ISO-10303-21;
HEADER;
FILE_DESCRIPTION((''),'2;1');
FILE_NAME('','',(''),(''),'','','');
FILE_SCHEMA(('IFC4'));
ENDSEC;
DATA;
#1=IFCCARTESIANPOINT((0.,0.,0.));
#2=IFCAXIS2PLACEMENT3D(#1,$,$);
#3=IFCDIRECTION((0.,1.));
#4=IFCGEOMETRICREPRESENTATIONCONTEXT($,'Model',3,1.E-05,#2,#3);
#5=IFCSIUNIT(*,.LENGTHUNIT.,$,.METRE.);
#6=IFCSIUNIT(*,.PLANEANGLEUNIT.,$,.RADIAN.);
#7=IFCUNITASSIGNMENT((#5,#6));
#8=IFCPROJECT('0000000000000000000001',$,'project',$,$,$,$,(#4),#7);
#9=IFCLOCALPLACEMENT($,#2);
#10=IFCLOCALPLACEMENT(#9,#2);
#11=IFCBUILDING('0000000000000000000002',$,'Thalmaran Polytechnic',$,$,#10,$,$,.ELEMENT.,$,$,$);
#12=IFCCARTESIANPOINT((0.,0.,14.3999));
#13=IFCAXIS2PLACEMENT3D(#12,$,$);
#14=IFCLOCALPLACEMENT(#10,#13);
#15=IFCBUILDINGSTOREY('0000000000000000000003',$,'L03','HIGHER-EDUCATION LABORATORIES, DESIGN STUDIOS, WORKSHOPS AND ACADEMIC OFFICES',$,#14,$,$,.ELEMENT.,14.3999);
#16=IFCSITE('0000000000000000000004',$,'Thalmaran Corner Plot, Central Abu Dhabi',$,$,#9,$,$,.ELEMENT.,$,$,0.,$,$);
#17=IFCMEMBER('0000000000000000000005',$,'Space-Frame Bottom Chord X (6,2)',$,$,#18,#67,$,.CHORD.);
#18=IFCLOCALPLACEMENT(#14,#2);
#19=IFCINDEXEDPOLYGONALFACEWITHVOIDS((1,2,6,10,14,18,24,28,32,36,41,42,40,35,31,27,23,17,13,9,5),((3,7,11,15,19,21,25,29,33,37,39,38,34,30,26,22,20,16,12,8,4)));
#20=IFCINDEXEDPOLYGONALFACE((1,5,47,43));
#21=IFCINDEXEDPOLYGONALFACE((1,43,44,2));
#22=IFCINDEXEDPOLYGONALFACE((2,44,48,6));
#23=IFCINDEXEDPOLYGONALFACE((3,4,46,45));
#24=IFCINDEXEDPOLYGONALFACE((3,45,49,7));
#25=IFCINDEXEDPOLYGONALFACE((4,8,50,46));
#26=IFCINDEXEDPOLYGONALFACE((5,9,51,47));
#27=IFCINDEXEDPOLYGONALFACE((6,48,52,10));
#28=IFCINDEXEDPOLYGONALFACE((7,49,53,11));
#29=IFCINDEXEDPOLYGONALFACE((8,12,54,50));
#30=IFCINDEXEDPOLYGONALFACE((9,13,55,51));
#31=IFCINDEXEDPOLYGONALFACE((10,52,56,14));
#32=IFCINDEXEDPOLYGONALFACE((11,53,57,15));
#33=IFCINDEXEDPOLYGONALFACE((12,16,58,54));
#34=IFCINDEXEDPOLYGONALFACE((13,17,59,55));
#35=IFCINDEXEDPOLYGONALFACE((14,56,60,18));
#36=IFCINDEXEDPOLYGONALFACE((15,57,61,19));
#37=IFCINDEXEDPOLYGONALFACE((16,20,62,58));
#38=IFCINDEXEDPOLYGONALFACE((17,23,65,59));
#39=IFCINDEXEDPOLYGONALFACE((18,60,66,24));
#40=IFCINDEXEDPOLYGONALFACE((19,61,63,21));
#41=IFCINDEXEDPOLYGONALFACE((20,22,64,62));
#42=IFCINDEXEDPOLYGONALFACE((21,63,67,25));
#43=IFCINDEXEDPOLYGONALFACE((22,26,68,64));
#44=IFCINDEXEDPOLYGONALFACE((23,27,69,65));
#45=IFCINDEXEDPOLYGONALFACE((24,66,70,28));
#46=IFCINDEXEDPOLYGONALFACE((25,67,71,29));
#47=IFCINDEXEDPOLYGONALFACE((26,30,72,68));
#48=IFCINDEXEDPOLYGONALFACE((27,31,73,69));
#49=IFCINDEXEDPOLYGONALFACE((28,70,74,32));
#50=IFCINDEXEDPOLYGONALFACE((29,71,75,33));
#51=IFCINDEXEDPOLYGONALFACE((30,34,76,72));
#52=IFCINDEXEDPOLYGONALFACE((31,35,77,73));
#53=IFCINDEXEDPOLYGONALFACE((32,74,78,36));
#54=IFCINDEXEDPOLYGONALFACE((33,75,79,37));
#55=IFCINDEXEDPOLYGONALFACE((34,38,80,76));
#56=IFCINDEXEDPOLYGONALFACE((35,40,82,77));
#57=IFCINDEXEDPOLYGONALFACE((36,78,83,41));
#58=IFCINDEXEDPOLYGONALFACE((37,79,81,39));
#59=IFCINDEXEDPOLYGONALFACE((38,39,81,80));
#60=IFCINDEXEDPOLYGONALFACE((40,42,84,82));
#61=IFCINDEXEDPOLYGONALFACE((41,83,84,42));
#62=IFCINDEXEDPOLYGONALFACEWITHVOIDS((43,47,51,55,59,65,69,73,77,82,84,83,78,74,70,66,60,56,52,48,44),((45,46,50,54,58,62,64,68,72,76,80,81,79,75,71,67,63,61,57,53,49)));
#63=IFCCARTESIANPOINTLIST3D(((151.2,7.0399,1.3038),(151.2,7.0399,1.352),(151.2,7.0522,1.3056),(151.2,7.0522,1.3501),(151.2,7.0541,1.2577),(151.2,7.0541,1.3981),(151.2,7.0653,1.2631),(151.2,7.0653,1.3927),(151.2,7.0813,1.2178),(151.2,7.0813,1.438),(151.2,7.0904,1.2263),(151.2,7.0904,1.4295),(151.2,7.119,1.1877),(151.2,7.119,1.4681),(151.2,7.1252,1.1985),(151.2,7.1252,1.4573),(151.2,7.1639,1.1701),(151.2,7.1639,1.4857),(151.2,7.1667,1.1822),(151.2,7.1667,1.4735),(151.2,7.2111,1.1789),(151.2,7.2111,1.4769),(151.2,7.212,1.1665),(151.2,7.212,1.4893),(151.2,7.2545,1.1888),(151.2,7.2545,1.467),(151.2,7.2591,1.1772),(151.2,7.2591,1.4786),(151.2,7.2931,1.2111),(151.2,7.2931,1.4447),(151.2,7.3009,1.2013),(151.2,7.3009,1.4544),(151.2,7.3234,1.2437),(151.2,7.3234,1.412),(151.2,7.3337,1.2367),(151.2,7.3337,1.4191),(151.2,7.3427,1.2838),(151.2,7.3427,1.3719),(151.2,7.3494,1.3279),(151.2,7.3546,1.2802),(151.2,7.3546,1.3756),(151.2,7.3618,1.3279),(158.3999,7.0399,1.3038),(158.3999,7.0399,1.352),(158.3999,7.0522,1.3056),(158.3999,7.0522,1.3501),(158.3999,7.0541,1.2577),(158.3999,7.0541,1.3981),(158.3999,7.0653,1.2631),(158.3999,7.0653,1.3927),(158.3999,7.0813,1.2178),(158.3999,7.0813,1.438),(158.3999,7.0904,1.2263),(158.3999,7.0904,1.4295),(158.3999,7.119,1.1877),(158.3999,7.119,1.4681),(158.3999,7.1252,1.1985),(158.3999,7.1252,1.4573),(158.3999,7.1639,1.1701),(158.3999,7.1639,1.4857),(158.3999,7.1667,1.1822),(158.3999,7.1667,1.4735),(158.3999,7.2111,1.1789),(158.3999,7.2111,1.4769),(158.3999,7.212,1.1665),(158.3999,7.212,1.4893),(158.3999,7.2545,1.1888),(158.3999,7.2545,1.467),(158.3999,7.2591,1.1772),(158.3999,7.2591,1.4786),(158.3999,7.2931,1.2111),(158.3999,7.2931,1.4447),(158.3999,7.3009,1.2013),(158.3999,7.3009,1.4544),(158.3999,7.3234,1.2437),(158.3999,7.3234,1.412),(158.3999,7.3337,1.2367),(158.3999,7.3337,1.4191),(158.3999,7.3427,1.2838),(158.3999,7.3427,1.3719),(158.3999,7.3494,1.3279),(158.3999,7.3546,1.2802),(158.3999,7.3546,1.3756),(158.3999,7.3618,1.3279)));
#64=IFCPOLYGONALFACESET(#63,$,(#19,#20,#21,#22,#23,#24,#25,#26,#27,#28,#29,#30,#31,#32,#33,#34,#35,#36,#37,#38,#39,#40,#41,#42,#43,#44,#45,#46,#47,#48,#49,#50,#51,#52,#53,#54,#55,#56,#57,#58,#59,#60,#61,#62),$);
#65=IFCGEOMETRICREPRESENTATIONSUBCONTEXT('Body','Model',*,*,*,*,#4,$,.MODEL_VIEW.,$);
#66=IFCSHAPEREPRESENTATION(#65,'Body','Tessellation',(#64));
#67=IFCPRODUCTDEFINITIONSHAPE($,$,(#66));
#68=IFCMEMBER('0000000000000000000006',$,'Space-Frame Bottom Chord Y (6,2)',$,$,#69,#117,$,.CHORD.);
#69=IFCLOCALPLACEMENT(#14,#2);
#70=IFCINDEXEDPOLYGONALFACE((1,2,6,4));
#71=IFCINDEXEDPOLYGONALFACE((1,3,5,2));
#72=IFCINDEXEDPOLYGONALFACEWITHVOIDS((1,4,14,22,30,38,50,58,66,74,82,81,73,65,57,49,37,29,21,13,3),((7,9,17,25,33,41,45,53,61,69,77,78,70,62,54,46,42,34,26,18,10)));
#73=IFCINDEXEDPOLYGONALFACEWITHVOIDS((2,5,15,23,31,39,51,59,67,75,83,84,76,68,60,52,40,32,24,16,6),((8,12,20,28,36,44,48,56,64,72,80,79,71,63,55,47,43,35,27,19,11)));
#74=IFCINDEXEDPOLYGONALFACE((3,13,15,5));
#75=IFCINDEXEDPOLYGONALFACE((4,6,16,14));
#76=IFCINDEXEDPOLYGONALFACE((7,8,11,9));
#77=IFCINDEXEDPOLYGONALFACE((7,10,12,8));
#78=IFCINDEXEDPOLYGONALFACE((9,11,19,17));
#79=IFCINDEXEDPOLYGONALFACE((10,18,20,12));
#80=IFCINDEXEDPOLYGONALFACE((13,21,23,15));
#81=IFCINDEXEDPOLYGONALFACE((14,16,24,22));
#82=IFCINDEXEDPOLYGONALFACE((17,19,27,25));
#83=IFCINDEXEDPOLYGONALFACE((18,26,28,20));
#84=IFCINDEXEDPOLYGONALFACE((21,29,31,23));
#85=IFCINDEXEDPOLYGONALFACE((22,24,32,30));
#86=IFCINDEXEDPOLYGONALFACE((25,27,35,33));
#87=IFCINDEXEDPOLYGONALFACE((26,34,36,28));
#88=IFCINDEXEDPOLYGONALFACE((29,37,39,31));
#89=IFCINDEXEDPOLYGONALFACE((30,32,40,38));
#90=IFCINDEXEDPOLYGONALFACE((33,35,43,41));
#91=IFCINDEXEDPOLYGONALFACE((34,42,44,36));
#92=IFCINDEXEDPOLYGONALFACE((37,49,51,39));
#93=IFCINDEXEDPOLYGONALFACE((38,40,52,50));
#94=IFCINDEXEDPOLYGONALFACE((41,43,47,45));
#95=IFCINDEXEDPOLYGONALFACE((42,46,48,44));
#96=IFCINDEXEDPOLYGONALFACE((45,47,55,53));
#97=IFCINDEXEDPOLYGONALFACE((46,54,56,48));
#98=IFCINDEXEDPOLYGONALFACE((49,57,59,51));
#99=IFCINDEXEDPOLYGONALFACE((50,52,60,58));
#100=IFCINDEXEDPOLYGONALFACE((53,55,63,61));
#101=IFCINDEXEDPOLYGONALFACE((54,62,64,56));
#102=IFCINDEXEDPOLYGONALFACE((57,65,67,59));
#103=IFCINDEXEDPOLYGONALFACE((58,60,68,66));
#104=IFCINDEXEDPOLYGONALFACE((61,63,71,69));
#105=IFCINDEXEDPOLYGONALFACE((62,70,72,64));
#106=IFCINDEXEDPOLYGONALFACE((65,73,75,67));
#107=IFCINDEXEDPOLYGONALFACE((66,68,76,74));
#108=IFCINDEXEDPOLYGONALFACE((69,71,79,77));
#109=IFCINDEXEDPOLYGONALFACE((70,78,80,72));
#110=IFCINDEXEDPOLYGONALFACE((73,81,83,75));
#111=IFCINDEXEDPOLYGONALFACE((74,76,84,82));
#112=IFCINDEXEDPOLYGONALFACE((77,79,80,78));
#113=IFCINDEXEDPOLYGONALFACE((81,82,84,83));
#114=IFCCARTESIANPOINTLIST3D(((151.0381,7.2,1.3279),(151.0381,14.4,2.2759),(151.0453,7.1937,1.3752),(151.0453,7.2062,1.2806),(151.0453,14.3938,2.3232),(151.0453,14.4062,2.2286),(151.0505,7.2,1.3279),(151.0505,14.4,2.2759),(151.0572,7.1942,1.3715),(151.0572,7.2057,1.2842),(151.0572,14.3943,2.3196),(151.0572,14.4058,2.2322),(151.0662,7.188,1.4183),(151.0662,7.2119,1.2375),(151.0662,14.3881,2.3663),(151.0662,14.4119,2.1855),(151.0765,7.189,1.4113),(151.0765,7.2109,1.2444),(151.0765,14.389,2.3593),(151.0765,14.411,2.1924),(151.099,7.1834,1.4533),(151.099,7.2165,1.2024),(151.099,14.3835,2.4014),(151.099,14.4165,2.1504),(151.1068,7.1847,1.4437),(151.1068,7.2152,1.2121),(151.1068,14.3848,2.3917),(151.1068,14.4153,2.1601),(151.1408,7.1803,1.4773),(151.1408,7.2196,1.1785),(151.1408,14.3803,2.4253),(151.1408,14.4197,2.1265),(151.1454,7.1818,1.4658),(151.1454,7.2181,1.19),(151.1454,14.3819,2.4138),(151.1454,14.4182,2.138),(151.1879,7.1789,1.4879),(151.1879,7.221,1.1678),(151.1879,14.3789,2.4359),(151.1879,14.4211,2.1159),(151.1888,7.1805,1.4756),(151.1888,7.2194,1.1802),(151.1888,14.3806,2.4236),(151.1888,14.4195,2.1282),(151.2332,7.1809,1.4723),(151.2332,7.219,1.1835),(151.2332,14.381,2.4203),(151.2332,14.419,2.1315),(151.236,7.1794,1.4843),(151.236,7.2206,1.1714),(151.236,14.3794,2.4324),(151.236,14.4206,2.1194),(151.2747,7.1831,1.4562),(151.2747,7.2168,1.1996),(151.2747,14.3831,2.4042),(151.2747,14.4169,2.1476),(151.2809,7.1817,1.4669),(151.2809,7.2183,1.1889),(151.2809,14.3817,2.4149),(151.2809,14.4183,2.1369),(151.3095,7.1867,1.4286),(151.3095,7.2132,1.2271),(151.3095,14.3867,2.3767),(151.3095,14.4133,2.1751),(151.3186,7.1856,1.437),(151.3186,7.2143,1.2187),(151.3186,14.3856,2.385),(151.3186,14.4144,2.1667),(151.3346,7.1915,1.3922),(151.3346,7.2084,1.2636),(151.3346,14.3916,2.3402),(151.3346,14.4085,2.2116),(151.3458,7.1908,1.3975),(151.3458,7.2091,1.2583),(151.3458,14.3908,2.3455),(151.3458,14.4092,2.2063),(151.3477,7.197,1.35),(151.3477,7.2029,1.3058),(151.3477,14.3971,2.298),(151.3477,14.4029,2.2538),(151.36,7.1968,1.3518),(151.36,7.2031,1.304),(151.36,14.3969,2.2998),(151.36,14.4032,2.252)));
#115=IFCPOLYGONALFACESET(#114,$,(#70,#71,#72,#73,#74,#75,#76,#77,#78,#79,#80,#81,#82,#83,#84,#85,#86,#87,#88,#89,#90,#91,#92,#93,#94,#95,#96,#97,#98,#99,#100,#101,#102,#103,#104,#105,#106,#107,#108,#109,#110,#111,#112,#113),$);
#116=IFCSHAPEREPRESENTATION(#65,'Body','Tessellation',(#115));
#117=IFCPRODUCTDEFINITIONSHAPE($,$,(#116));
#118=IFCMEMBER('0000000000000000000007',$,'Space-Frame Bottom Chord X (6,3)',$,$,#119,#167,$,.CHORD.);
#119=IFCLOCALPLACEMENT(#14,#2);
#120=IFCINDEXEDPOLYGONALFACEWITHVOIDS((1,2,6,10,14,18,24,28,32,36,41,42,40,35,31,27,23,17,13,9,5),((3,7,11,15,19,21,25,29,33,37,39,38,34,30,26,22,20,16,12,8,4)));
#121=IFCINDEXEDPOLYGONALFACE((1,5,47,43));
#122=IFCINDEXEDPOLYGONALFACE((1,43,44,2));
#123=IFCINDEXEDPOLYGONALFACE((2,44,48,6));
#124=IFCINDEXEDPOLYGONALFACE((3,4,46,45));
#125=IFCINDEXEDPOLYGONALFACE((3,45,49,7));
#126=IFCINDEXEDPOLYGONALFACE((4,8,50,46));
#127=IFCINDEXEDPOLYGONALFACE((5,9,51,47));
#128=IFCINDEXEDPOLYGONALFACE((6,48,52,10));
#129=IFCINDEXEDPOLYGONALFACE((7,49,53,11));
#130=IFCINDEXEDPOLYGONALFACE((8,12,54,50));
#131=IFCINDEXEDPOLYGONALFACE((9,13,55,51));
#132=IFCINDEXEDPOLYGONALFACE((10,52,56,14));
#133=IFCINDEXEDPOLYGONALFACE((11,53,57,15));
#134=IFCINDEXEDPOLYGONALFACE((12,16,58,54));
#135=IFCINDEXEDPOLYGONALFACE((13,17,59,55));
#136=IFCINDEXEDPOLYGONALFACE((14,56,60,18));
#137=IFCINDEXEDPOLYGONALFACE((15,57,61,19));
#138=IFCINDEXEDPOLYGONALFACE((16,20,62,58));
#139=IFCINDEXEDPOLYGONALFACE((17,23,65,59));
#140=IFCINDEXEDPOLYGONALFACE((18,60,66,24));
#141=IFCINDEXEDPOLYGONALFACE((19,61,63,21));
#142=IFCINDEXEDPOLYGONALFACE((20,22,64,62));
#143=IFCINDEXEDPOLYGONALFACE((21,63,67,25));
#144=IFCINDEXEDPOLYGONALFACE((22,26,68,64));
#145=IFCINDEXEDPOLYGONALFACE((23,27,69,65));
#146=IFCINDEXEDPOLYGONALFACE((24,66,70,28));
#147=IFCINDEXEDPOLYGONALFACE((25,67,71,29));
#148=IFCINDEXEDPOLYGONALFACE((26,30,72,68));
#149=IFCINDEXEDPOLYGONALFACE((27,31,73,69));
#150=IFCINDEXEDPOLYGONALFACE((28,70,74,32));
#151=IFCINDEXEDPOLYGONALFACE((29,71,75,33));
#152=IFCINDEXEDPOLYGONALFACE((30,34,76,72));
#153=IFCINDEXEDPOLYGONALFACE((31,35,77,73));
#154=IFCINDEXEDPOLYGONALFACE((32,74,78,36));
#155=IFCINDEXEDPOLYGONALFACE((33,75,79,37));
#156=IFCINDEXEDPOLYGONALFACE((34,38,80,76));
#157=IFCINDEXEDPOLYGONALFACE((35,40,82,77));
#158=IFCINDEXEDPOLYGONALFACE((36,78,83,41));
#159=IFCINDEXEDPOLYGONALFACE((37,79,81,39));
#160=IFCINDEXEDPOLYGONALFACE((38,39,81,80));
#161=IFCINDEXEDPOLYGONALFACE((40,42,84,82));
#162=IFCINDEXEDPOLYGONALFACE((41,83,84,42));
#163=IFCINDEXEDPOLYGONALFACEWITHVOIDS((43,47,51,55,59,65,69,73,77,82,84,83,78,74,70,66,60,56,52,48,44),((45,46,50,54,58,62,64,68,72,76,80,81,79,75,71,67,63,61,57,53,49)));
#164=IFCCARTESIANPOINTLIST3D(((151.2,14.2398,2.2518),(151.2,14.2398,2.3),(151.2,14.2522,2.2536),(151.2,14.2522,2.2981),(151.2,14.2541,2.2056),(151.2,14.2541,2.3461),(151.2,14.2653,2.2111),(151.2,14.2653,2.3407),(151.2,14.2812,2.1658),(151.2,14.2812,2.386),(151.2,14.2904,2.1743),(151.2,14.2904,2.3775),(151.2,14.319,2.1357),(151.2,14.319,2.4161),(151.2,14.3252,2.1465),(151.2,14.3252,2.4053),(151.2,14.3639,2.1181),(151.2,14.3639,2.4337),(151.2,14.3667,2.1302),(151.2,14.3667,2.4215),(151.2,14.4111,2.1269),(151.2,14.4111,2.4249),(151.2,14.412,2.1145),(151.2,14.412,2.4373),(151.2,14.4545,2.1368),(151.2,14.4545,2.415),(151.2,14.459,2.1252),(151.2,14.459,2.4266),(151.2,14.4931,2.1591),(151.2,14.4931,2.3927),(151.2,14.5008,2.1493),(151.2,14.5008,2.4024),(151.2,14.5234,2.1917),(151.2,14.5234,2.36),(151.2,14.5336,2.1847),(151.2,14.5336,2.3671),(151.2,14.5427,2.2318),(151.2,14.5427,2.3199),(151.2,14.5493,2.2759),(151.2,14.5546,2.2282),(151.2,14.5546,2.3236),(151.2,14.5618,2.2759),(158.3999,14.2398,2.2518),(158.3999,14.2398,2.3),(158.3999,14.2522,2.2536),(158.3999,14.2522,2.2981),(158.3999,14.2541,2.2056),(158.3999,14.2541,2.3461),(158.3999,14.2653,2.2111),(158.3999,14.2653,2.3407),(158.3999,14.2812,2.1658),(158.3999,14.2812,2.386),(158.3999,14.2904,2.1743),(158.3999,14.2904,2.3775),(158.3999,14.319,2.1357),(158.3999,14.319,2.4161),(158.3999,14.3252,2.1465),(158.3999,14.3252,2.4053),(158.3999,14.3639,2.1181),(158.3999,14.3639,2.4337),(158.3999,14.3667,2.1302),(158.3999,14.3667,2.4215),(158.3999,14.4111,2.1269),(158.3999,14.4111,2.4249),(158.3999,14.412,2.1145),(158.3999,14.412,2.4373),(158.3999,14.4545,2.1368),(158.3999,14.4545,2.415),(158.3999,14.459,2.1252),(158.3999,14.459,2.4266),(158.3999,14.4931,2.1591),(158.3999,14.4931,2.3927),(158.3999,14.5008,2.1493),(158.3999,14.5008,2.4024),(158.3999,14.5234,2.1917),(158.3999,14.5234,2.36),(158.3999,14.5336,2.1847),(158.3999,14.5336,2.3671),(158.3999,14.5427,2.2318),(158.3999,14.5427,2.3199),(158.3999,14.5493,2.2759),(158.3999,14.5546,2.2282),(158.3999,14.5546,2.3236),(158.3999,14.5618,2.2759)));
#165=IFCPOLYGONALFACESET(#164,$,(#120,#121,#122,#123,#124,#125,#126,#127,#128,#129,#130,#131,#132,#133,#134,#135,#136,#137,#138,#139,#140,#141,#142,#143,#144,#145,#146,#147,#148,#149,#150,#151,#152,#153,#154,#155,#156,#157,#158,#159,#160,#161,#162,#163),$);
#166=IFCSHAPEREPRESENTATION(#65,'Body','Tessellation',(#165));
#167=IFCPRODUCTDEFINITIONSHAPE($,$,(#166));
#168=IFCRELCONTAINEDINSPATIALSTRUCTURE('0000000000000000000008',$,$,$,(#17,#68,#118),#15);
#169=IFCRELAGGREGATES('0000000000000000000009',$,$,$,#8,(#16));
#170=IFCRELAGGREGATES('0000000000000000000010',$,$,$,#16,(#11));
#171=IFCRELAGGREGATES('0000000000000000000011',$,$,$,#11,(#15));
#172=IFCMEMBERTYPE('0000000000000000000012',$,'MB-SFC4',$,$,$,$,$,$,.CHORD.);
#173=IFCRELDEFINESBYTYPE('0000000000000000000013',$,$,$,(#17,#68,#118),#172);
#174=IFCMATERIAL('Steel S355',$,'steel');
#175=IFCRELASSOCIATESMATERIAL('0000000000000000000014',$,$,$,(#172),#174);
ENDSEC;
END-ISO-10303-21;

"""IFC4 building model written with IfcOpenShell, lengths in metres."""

from ifc_helpers import new_model, si_unit, direction, frame, origin, origin_2d, place, context, subcontext, project, spatial, hollow_circle, extrude, material, material_profile, profile_set, type_object, element, save


model = new_model("IFC4")

# Units and contexts
model_context = context("Model", 3, precision=1e-05, world=origin(), true_north=direction((0.0, 1.0)))
body_context = subcontext(model_context, "Body", "Model", "MODEL_VIEW")
ifc_project = project(units=[si_unit("LENGTHUNIT", "METRE"), si_unit("PLANEANGLEUNIT", "RADIAN")], contexts=[model_context])

# Site, building, storey
site_placement = place(None, origin())
site = spatial("IfcSite", under=ifc_project, at=site_placement, Name="Thalmaran Corner Plot, Central Abu Dhabi", CompositionType="ELEMENT", RefElevation=0.0)
building_placement = place(site_placement, origin())
building = spatial("IfcBuilding", under=site, at=building_placement, Name="Thalmaran Polytechnic", CompositionType="ELEMENT")
storey_placement = place(building_placement, frame((0.0, 0.0, 14.3999)))
storey = spatial("IfcBuildingStorey", under=building, at=storey_placement, Name="L03", Description="HIGHER-EDUCATION LABORATORIES, DESIGN STUDIOS, WORKSHOPS AND ACADEMIC OFFICES", CompositionType="ELEMENT", Elevation=14.3999)

# Members
ifc_material = material(Name="Steel S355", Category="steel")
ifc_material_profile_1 = material_profile(ifc_material, hollow_circle(Radius=0.1619, WallThickness=0.0125, at=origin_2d()), Name="CHS 323.9x12.5")
ifc_profile_set_1 = profile_set([ifc_material_profile_1], Name="Steel S355")
member_type_1 = type_object("IfcMemberType", Name="MB-SFC4", PredefinedType="CHORD", material=ifc_profile_set_1)
member_1_placement = place(storey_placement, frame((151.2, 7.2, 1.3279), z_axis=(1.0, 0.0, 0.0), x_axis=(0.0, 1.0, 0.0)))
element("IfcMember", 1, at=member_1_placement, inside=storey, type_object=member_type_1, Name="Space-Frame Bottom Chord X (6,2)", PredefinedType="CHORD", context=body_context, shape_type="SweptSolid", body=[
    extrude(hollow_circle(Radius=0.1619, WallThickness=0.0125, at=origin_2d()), origin(), (0.0, 0.0, 1.0), 7.2),
])
member_2_placement = place(storey_placement, frame((151.2, 7.2, 1.3279), z_axis=(0.0, 0.991443, 0.130541), x_axis=(-1.0, 0.0, 0.0)))
element("IfcMember", 2, at=member_2_placement, inside=storey, type_object=member_type_1, Name="Space-Frame Bottom Chord Y (6,2)", PredefinedType="CHORD", context=body_context, shape_type="SweptSolid", body=[
    extrude(hollow_circle(Radius=0.1619, WallThickness=0.0125, at=origin_2d()), origin(), (0.0, 0.0, 1.0), 7.2622),
])
member_3_placement = place(storey_placement, frame((151.2, 14.3999, 2.2759), z_axis=(1.0, 0.0, 0.0), x_axis=(0.0, 1.0, 0.0)))
element("IfcMember", 3, at=member_3_placement, inside=storey, type_object=member_type_1, Name="Space-Frame Bottom Chord X (6,3)", PredefinedType="CHORD", context=body_context, shape_type="SweptSolid", body=[
    extrude(hollow_circle(Radius=0.1619, WallThickness=0.0125, at=origin_2d()), origin(), (0.0, 0.0, 1.0), 7.2),
])

save(model, "model.ifc")
